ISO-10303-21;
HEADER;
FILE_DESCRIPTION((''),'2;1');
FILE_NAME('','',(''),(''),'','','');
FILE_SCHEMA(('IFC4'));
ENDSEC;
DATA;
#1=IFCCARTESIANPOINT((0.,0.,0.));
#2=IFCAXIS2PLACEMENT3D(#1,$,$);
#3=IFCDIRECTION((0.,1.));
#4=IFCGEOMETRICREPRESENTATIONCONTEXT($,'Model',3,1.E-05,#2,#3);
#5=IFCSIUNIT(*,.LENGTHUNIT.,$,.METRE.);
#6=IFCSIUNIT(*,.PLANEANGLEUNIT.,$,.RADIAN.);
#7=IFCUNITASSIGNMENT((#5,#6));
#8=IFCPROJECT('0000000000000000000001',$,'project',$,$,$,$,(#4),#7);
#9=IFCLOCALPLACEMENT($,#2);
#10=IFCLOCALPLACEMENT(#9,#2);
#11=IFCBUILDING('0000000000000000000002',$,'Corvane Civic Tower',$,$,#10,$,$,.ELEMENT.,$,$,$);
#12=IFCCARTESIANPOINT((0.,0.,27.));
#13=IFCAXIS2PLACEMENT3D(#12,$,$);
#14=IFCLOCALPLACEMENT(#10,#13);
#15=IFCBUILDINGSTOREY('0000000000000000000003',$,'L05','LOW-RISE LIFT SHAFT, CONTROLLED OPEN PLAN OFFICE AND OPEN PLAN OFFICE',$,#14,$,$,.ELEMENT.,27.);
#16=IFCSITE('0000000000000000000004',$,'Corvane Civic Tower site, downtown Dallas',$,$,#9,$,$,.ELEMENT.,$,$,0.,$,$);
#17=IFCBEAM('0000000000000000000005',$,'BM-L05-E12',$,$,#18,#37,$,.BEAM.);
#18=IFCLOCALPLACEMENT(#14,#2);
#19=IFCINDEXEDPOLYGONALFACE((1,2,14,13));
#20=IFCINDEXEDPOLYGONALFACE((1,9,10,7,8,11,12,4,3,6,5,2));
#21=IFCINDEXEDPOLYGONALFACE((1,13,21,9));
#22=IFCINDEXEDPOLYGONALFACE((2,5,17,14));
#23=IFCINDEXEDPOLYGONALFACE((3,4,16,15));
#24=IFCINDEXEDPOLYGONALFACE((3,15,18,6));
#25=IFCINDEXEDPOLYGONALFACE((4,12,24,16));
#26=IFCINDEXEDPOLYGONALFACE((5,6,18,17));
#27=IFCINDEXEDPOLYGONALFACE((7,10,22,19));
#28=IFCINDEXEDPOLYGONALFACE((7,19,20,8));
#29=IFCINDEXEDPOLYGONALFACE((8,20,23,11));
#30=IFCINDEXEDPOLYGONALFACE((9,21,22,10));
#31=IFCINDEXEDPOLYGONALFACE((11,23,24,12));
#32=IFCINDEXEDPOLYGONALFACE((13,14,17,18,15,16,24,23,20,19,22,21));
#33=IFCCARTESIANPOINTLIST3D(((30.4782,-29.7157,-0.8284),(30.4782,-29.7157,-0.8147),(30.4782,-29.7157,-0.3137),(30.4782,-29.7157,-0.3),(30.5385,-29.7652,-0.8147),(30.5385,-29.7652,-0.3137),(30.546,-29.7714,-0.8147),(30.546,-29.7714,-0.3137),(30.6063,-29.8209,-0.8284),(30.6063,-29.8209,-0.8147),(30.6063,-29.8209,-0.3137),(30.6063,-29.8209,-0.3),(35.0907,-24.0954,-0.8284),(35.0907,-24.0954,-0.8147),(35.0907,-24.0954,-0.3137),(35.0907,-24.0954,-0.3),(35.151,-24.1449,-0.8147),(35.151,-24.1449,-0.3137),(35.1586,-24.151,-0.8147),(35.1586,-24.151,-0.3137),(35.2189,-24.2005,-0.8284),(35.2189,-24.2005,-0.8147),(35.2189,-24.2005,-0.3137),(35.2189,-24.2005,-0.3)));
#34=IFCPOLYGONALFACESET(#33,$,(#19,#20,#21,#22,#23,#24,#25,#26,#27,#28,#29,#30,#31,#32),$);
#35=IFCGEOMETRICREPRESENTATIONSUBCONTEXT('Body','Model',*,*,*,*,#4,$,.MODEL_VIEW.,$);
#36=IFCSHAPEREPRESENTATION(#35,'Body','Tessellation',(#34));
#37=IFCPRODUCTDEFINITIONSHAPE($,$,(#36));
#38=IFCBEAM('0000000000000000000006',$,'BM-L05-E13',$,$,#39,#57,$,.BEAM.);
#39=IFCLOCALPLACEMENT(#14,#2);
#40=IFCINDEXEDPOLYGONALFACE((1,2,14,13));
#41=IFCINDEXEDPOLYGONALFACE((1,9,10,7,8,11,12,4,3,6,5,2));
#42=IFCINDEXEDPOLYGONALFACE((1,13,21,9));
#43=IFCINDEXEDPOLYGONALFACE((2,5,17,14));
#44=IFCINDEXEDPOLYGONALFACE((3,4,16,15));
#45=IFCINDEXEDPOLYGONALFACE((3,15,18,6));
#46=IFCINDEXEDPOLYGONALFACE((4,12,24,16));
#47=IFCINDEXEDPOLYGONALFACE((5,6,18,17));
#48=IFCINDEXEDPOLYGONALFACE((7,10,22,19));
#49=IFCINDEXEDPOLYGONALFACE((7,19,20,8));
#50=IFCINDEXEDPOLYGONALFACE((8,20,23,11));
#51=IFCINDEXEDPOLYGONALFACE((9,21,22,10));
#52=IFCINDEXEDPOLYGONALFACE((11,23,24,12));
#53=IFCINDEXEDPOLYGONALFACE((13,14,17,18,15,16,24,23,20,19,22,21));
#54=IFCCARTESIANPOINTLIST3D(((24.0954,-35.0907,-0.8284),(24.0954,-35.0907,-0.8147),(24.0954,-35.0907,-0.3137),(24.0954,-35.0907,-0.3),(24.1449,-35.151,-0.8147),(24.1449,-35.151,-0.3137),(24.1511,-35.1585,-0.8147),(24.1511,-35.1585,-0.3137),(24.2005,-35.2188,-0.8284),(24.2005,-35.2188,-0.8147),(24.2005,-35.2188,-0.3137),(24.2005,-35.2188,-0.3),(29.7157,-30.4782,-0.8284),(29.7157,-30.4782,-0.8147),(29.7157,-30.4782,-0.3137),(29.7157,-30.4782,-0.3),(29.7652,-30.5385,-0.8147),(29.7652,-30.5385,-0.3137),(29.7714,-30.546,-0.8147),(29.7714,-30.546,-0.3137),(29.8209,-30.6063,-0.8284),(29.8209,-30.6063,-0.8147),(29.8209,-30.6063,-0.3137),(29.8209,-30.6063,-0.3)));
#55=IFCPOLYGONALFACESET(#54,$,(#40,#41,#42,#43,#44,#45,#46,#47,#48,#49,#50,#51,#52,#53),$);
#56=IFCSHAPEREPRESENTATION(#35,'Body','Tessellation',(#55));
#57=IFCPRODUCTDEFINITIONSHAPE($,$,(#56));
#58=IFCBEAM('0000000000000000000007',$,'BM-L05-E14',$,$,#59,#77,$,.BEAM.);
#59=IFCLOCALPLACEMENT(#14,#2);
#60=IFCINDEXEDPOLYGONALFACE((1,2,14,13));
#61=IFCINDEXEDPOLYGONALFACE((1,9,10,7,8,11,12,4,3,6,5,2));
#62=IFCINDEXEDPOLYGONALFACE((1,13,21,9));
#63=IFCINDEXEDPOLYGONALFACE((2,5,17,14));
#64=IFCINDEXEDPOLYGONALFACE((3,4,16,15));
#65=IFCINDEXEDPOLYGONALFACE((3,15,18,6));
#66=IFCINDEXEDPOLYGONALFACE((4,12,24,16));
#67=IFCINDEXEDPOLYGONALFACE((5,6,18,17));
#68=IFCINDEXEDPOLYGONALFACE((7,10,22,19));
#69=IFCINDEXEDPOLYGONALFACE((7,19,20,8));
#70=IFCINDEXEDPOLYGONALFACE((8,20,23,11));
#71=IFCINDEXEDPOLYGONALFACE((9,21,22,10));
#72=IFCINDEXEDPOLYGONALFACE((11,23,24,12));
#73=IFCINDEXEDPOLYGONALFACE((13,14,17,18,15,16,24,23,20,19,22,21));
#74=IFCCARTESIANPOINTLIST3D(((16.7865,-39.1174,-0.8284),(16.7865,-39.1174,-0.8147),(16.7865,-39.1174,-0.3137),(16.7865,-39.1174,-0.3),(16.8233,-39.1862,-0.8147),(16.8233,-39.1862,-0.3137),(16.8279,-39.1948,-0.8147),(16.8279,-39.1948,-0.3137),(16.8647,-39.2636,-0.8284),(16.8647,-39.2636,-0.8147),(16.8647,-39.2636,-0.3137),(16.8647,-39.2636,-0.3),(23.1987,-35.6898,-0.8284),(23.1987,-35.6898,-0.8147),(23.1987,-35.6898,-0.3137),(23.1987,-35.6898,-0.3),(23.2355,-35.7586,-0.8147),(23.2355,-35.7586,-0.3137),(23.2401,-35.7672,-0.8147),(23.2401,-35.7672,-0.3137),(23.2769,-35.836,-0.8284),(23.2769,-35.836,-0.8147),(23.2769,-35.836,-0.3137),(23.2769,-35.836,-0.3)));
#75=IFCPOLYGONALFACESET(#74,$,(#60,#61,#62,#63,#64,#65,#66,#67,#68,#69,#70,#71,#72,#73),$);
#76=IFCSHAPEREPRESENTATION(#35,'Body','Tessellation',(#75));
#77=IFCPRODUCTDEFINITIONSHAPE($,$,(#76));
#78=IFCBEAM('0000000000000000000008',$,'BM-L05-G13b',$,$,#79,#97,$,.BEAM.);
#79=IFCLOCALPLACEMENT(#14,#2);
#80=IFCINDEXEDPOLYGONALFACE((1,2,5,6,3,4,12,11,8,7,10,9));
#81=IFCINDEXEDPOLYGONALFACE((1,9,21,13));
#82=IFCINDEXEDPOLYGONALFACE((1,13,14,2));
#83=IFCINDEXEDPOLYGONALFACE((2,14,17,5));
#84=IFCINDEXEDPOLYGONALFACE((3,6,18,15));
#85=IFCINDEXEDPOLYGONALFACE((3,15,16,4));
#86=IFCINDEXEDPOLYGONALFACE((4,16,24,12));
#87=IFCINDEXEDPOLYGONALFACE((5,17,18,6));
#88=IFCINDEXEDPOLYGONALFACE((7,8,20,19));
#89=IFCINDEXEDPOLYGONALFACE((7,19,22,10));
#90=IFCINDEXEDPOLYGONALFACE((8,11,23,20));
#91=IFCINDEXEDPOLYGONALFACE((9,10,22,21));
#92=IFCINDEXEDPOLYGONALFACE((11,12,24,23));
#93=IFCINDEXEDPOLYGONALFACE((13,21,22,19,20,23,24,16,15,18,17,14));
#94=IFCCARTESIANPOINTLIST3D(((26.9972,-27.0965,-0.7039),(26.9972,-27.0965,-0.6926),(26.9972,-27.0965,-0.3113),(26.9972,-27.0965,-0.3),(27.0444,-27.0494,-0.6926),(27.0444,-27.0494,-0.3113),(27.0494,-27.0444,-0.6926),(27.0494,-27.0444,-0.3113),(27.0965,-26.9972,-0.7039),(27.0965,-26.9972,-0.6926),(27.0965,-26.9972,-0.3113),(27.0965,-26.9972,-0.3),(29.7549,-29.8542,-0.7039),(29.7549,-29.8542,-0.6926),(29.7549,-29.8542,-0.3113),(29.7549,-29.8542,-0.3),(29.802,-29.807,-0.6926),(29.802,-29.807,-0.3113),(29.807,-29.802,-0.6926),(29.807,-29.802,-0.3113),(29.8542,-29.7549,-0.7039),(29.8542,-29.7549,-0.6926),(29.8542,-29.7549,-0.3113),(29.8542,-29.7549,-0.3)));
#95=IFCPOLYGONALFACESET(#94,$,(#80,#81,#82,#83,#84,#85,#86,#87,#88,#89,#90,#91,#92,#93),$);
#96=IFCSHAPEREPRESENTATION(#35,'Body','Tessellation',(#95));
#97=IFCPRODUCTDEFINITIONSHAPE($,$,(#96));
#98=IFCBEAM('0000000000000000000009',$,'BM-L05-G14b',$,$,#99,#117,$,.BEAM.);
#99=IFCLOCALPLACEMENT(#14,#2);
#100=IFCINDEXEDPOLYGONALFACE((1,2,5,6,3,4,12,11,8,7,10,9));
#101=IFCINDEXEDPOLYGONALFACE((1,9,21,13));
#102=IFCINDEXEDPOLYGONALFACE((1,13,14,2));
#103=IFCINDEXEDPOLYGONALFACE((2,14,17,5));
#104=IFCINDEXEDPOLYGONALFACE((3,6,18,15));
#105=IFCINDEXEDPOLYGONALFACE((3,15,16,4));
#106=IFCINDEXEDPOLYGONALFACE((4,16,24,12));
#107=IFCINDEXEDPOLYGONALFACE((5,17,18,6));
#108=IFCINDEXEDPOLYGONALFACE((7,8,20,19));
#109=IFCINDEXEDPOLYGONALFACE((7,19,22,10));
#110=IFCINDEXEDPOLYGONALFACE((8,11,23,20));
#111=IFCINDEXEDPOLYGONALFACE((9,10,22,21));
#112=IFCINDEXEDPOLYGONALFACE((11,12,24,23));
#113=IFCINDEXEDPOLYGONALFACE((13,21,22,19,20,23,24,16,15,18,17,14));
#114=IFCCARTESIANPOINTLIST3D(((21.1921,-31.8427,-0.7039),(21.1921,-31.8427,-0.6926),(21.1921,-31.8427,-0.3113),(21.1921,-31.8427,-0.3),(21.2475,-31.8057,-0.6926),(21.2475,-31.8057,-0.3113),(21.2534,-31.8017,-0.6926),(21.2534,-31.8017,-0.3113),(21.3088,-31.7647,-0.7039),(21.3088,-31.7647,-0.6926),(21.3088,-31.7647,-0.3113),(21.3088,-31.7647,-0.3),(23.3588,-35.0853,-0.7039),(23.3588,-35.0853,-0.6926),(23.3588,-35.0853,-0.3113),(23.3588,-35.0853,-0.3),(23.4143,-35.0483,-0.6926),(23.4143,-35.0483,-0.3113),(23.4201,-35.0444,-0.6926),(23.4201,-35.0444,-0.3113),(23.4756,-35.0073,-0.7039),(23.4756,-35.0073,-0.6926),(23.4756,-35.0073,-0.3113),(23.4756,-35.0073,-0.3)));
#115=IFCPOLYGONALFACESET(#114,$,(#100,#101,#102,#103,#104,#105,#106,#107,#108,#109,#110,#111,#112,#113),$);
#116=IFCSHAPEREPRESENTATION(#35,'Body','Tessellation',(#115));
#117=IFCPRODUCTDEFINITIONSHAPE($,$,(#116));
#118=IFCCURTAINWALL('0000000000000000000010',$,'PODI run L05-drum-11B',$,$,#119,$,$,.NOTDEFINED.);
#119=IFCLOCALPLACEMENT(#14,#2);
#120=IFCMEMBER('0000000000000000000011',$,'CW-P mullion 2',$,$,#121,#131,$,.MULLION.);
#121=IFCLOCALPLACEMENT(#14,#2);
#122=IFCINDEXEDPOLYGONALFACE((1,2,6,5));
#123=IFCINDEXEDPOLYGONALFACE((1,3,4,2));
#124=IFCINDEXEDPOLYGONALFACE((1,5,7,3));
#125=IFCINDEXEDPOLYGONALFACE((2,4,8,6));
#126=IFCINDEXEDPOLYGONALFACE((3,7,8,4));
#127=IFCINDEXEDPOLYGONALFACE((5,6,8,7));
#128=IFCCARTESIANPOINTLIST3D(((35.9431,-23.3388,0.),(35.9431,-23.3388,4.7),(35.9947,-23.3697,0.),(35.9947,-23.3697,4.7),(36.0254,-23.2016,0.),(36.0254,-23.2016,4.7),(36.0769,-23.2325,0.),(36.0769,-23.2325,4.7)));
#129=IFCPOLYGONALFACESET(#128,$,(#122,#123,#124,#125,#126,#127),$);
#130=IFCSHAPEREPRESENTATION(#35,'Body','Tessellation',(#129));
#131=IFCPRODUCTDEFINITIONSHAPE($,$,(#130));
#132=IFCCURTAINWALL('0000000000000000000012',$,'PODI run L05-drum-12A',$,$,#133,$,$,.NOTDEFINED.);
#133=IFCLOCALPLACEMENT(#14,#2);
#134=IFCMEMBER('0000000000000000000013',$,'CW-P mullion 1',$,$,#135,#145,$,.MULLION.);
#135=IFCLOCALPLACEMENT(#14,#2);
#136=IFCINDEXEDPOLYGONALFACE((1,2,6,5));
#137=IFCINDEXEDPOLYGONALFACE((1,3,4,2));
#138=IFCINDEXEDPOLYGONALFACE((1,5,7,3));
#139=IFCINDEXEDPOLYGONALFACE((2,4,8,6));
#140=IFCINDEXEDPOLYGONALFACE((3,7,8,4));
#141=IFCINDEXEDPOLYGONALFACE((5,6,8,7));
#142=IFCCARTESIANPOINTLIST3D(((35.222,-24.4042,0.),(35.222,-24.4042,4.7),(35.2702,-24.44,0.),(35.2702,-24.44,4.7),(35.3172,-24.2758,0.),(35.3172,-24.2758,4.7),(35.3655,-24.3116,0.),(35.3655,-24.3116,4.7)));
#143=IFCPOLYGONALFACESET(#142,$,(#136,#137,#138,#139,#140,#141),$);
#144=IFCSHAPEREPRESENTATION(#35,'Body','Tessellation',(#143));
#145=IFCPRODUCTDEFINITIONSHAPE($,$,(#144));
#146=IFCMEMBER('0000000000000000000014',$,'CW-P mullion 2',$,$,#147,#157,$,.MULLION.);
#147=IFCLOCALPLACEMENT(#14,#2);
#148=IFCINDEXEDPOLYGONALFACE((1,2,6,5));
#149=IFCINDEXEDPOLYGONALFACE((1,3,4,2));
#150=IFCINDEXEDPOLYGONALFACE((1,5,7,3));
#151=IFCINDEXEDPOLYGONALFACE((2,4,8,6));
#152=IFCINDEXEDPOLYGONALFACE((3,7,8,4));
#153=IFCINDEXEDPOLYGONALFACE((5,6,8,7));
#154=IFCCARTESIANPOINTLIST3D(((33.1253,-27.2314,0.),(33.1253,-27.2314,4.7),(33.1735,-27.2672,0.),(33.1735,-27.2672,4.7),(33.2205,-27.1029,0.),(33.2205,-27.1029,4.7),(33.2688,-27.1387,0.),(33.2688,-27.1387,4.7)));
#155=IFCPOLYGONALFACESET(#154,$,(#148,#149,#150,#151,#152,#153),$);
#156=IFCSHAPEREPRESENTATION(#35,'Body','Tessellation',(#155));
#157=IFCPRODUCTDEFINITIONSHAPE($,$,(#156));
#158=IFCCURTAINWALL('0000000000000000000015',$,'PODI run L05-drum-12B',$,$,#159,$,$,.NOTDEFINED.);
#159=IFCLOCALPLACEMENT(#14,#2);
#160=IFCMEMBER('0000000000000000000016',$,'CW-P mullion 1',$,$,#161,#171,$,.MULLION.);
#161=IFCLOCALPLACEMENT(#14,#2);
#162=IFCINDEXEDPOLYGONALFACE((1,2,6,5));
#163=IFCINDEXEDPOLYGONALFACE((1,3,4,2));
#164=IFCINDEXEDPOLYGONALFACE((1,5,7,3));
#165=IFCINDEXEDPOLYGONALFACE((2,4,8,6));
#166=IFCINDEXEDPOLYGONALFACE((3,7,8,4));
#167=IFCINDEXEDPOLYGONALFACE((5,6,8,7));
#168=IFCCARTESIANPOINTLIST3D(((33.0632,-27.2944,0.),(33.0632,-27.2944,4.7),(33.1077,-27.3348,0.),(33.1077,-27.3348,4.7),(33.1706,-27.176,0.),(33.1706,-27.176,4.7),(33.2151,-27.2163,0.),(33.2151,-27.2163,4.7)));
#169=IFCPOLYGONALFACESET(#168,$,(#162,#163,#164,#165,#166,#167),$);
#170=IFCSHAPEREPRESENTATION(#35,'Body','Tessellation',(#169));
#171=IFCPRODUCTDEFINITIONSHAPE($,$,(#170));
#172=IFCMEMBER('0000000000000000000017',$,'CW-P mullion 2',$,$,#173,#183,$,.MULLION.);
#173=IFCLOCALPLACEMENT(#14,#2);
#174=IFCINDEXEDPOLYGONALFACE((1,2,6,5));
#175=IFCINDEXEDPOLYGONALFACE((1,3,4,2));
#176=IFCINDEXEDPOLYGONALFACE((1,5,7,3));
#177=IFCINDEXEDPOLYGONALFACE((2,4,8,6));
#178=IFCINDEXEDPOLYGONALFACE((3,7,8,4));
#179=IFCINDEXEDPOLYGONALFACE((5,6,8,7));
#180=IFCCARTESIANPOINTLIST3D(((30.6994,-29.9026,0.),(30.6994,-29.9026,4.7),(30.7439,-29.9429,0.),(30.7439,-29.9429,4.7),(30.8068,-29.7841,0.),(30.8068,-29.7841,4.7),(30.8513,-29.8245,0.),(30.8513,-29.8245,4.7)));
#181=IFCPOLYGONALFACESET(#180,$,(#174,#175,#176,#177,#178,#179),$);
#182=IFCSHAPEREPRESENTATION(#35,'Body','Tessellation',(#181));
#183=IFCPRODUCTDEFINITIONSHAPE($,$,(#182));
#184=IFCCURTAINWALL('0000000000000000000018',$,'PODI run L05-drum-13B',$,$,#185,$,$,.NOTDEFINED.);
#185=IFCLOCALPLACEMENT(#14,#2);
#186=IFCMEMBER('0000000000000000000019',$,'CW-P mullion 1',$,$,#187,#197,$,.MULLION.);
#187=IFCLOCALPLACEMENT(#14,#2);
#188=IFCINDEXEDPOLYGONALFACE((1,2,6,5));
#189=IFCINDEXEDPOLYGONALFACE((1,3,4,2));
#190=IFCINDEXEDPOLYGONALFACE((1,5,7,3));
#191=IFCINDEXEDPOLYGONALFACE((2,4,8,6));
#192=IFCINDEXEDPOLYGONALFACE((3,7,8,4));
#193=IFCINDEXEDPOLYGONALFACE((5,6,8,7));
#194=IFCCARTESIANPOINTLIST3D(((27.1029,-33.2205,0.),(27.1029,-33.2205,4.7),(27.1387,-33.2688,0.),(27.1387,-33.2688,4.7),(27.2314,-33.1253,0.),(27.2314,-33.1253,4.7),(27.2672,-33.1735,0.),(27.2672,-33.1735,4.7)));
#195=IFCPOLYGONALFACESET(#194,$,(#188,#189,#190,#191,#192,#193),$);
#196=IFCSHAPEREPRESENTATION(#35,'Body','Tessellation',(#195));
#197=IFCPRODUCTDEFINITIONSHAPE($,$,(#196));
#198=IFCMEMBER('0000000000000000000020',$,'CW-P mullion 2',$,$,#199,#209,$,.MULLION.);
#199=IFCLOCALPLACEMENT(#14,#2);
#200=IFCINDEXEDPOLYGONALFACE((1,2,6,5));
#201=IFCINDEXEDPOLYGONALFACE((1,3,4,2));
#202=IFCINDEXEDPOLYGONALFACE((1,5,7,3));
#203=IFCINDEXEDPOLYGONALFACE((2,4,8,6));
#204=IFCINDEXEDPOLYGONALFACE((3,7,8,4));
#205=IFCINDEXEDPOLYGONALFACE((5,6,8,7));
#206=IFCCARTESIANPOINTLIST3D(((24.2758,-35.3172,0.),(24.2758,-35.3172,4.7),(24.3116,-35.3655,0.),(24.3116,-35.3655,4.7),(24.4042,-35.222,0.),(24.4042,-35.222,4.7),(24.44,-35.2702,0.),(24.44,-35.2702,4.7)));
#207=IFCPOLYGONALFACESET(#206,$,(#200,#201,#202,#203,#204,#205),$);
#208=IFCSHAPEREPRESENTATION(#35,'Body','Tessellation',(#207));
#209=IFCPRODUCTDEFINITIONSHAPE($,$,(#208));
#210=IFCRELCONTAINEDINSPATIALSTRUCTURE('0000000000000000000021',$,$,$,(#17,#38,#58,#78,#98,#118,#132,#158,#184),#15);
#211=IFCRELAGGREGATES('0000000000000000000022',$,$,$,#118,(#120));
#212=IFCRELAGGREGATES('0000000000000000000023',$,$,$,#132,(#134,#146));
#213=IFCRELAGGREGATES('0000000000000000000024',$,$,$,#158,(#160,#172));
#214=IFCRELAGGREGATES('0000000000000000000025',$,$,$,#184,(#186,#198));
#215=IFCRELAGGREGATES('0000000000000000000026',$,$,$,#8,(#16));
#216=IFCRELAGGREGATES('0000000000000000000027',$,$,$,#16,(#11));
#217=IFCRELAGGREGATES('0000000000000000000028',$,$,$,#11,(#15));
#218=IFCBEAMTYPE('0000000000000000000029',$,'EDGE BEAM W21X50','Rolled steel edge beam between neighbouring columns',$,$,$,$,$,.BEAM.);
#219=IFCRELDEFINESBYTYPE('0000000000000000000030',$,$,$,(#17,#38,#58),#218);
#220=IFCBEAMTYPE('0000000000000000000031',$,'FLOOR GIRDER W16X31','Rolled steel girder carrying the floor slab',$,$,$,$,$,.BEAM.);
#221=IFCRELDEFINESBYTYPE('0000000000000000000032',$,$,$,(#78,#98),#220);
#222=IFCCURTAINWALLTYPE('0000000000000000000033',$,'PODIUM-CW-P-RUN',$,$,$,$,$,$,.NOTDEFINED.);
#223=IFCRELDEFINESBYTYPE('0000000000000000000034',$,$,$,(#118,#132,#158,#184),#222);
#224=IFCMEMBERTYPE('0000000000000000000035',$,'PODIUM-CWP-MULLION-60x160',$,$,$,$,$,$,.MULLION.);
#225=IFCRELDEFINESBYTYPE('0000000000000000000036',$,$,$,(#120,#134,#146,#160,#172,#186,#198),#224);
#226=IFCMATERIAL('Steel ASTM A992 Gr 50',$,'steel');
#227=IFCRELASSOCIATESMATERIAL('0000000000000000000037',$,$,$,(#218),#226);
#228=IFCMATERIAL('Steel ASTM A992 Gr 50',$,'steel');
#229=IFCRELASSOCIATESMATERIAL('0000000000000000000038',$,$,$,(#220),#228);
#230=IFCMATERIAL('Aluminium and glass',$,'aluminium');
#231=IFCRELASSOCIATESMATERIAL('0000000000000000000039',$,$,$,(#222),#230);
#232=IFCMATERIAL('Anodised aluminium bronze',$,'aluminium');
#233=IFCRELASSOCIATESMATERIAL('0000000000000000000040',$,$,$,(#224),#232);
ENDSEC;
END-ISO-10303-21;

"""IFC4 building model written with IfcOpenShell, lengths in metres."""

from ifc_helpers import new_model, si_unit, direction, frame, origin, origin_2d, place, context, subcontext, project, spatial, rectangle, i_section, extrude, material, material_profile, profile_set, type_object, element, aggregate, save


model = new_model("IFC4")

# Units and contexts
model_context = context("Model", 3, precision=1e-05, world=origin(), true_north=direction((0.0, 1.0)))
body_context = subcontext(model_context, "Body", "Model", "MODEL_VIEW")
ifc_project = project(units=[si_unit("LENGTHUNIT", "METRE"), si_unit("PLANEANGLEUNIT", "RADIAN")], contexts=[model_context])

# Site, building, storey
site_placement = place(None, origin())
site = spatial("IfcSite", under=ifc_project, at=site_placement, Name="Corvane Civic Tower site, downtown Dallas", CompositionType="ELEMENT", RefElevation=0.0)
building_placement = place(site_placement, origin())
building = spatial("IfcBuilding", under=site, at=building_placement, Name="Corvane Civic Tower", CompositionType="ELEMENT")
storey_placement = place(building_placement, frame((0.0, 0.0, 27.0)))
storey = spatial("IfcBuildingStorey", under=building, at=storey_placement, Name="L05", Description="LOW-RISE LIFT SHAFT, CONTROLLED OPEN PLAN OFFICE AND OPEN PLAN OFFICE", CompositionType="ELEMENT", Elevation=27.0)

# Beams
ifc_material_1 = material(Name="Steel ASTM A992 Gr 50", Category="steel")
ifc_material_profile_1 = material_profile(ifc_material_1, i_section(OverallWidth=0.1658, OverallDepth=0.5283, WebThickness=0.0098, FlangeThickness=0.0137, at=origin_2d()), Name="W21X50")
ifc_profile_set_1 = profile_set([ifc_material_profile_1], Name="Steel ASTM A992 Gr 50")
beam_type_1 = type_object("IfcBeamType", Name="EDGE BEAM W21X50", Description="Rolled steel edge beam between neighbouring columns", PredefinedType="BEAM", material=ifc_profile_set_1)
for number, where, z_axis, x_axis, name in (
    (1, (35.1548, -24.1479, -0.5642), (-0.634396, -0.773008, 0.0), (0.773008, -0.634396, 0.0), "BM-L05-E12"),
    (2, (29.7683, -30.5422, -0.5642), (-0.773008, -0.634396, 0.0), (0.634396, -0.773008, 0.0), "BM-L05-E13"),
    (3, (23.2378, -35.7629, -0.5642), (-0.881913, -0.471412, 0.0), (0.471412, -0.881913, 0.0), "BM-L05-E14"),
):
    element("IfcBeam", number, at=place(storey_placement, frame(where, z_axis=z_axis, x_axis=x_axis)), inside=storey, type_object=beam_type_1, Name=name, PredefinedType="BEAM", context=body_context, shape_type="SweptSolid", body=[
        extrude(i_section(OverallWidth=0.1658, OverallDepth=0.5283, WebThickness=0.0098, FlangeThickness=0.0137, at=origin_2d()), origin(), (0.0, 0.0, 1.0), 7.2708),
    ])
ifc_material_2 = material(Name="Steel ASTM A992 Gr 50", Category="steel")
ifc_material_profile_2 = material_profile(ifc_material_2, i_section(OverallWidth=0.1404, OverallDepth=0.4038, WebThickness=0.0071, FlangeThickness=0.0112, at=origin_2d()), Name="W16X31")
ifc_profile_set_2 = profile_set([ifc_material_profile_2], Name="Steel ASTM A992 Gr 50")
beam_type_2 = type_object("IfcBeamType", Name="FLOOR GIRDER W16X31", Description="Rolled steel girder carrying the floor slab", PredefinedType="BEAM", material=ifc_profile_set_2)
for number, where, z_axis, x_axis, name in (
    (4, (27.0469, -27.0469, -0.502), (0.707107, -0.707107, 0.0), (0.707107, 0.707107, 0.0), "BM-L05-G13b"),
    (5, (21.2505, -31.8037, -0.502), (0.555581, -0.831462, 0.0), (0.831462, 0.555581, 0.0), "BM-L05-G14b"),
):
    element("IfcBeam", number, at=place(storey_placement, frame(where, z_axis=z_axis, x_axis=x_axis)), inside=storey, type_object=beam_type_2, Name=name, PredefinedType="BEAM", context=body_context, shape_type="SweptSolid", body=[
        extrude(i_section(OverallWidth=0.1404, OverallDepth=0.4038, WebThickness=0.0071, FlangeThickness=0.0112, at=origin_2d()), origin(), (0.0, 0.0, 1.0), 3.8999),
    ])

# Curtain wall, member
ifc_material_3 = material(Name="Aluminium and glass", Category="aluminium")
curtain_wall_type = type_object("IfcCurtainWallType", Name="PODIUM-CW-P-RUN", PredefinedType="NOTDEFINED", material=ifc_material_3)
curtain_wall_1_placement = place(storey_placement, origin())
curtain_wall_1 = element("IfcCurtainWall", 6, at=curtain_wall_1_placement, inside=storey, type_object=curtain_wall_type, Name="PODI run L05-drum-11B", PredefinedType="NOTDEFINED")
ifc_material_4 = material(Name="Anodised aluminium bronze", Category="aluminium")
ifc_material_profile_3 = material_profile(ifc_material_4, rectangle(XDim=0.0601, YDim=0.1599, at=origin_2d()), Name="AL 60x160")
ifc_profile_set_3 = profile_set([ifc_material_profile_3], Name="Anodised aluminium bronze")
member_type_1 = type_object("IfcMemberType", Name="PODIUM-CWP-MULLION-60x160", PredefinedType="MULLION", material=ifc_profile_set_3)
member_1_placement = place(storey_placement, frame((36.01, -23.2856, 0.0), z_axis=(0.0, 0.0, 1.0), x_axis=(0.85772, -0.514118, 0.0)))
member_1 = element("IfcMember", 7, at=member_1_placement, type_object=member_type_1, Name="CW-P mullion 2", PredefinedType="MULLION", context=body_context, shape_type="SweptSolid", body=[
    extrude(rectangle(XDim=0.0601, YDim=0.1599, at=origin_2d()), origin(), (0.0, 0.0, 1.0), 4.7),
])

# Curtain walls, members
curtain_wall_2_placement = place(storey_placement, origin())
curtain_wall_2 = element("IfcCurtainWall", 8, at=curtain_wall_2_placement, inside=storey, type_object=curtain_wall_type, Name="PODI run L05-drum-12A", PredefinedType="NOTDEFINED")
member_2_placement = place(storey_placement, frame((35.2937, -24.3579, 0.0), z_axis=(0.0, 0.0, 1.0), x_axis=(0.803203, -0.595705, 0.0)))
member_2 = element("IfcMember", 9, at=member_2_placement, type_object=member_type_1, Name="CW-P mullion 1", PredefinedType="MULLION", context=body_context, shape_type="SweptSolid", body=[
    extrude(rectangle(XDim=0.0601, YDim=0.1599, at=origin_2d()), origin(), (0.0, 0.0, 1.0), 4.7),
])
member_3_placement = place(storey_placement, frame((33.197, -27.1851, 0.0), z_axis=(0.0, 0.0, 1.0), x_axis=(0.803203, -0.595705, 0.0)))
member_3 = element("IfcMember", 10, at=member_3_placement, type_object=member_type_1, Name="CW-P mullion 2", PredefinedType="MULLION", context=body_context, shape_type="SweptSolid", body=[
    extrude(rectangle(XDim=0.0601, YDim=0.1599, at=origin_2d()), origin(), (0.0, 0.0, 1.0), 4.7),
])
curtain_wall_3_placement = place(storey_placement, origin())
curtain_wall_3 = element("IfcCurtainWall", 11, at=curtain_wall_3_placement, inside=storey, type_object=curtain_wall_type, Name="PODI run L05-drum-12B", PredefinedType="NOTDEFINED")
member_4_placement = place(storey_placement, frame((33.1392, -27.2554, 0.0), z_axis=(0.0, 0.0, 1.0), x_axis=(0.740935, -0.671576, 0.0)))
member_4 = element("IfcMember", 12, at=member_4_placement, type_object=member_type_1, Name="CW-P mullion 1", PredefinedType="MULLION", context=body_context, shape_type="SweptSolid", body=[
    extrude(rectangle(XDim=0.0601, YDim=0.1599, at=origin_2d()), origin(), (0.0, 0.0, 1.0), 4.7),
])
member_5_placement = place(storey_placement, frame((30.7754, -29.8635, 0.0), z_axis=(0.0, 0.0, 1.0), x_axis=(0.740935, -0.671576, 0.0)))
member_5 = element("IfcMember", 13, at=member_5_placement, type_object=member_type_1, Name="CW-P mullion 2", PredefinedType="MULLION", context=body_context, shape_type="SweptSolid", body=[
    extrude(rectangle(XDim=0.0601, YDim=0.1599, at=origin_2d()), origin(), (0.0, 0.0, 1.0), 4.7),
])
curtain_wall_4_placement = place(storey_placement, origin())
curtain_wall_4 = element("IfcCurtainWall", 14, at=curtain_wall_4_placement, inside=storey, type_object=curtain_wall_type, Name="PODI run L05-drum-13B", PredefinedType="NOTDEFINED")
member_6_placement = place(storey_placement, frame((27.1851, -33.197, 0.0), z_axis=(0.0, 0.0, 1.0), x_axis=(0.595705, -0.803203, 0.0)))
member_6 = element("IfcMember", 15, at=member_6_placement, type_object=member_type_1, Name="CW-P mullion 1", PredefinedType="MULLION", context=body_context, shape_type="SweptSolid", body=[
    extrude(rectangle(XDim=0.0601, YDim=0.1599, at=origin_2d()), origin(), (0.0, 0.0, 1.0), 4.7),
])
member_7_placement = place(storey_placement, frame((24.3579, -35.2937, 0.0), z_axis=(0.0, 0.0, 1.0), x_axis=(0.595705, -0.803203, 0.0)))
member_7 = element("IfcMember", 16, at=member_7_placement, type_object=member_type_1, Name="CW-P mullion 2", PredefinedType="MULLION", context=body_context, shape_type="SweptSolid", body=[
    extrude(rectangle(XDim=0.0601, YDim=0.1599, at=origin_2d()), origin(), (0.0, 0.0, 1.0), 4.7),
])

aggregate(curtain_wall_1, [member_1])
aggregate(curtain_wall_2, [member_2, member_3])
aggregate(curtain_wall_3, [member_4, member_5])
aggregate(curtain_wall_4, [member_6, member_7])

save(model, "model.ifc")
